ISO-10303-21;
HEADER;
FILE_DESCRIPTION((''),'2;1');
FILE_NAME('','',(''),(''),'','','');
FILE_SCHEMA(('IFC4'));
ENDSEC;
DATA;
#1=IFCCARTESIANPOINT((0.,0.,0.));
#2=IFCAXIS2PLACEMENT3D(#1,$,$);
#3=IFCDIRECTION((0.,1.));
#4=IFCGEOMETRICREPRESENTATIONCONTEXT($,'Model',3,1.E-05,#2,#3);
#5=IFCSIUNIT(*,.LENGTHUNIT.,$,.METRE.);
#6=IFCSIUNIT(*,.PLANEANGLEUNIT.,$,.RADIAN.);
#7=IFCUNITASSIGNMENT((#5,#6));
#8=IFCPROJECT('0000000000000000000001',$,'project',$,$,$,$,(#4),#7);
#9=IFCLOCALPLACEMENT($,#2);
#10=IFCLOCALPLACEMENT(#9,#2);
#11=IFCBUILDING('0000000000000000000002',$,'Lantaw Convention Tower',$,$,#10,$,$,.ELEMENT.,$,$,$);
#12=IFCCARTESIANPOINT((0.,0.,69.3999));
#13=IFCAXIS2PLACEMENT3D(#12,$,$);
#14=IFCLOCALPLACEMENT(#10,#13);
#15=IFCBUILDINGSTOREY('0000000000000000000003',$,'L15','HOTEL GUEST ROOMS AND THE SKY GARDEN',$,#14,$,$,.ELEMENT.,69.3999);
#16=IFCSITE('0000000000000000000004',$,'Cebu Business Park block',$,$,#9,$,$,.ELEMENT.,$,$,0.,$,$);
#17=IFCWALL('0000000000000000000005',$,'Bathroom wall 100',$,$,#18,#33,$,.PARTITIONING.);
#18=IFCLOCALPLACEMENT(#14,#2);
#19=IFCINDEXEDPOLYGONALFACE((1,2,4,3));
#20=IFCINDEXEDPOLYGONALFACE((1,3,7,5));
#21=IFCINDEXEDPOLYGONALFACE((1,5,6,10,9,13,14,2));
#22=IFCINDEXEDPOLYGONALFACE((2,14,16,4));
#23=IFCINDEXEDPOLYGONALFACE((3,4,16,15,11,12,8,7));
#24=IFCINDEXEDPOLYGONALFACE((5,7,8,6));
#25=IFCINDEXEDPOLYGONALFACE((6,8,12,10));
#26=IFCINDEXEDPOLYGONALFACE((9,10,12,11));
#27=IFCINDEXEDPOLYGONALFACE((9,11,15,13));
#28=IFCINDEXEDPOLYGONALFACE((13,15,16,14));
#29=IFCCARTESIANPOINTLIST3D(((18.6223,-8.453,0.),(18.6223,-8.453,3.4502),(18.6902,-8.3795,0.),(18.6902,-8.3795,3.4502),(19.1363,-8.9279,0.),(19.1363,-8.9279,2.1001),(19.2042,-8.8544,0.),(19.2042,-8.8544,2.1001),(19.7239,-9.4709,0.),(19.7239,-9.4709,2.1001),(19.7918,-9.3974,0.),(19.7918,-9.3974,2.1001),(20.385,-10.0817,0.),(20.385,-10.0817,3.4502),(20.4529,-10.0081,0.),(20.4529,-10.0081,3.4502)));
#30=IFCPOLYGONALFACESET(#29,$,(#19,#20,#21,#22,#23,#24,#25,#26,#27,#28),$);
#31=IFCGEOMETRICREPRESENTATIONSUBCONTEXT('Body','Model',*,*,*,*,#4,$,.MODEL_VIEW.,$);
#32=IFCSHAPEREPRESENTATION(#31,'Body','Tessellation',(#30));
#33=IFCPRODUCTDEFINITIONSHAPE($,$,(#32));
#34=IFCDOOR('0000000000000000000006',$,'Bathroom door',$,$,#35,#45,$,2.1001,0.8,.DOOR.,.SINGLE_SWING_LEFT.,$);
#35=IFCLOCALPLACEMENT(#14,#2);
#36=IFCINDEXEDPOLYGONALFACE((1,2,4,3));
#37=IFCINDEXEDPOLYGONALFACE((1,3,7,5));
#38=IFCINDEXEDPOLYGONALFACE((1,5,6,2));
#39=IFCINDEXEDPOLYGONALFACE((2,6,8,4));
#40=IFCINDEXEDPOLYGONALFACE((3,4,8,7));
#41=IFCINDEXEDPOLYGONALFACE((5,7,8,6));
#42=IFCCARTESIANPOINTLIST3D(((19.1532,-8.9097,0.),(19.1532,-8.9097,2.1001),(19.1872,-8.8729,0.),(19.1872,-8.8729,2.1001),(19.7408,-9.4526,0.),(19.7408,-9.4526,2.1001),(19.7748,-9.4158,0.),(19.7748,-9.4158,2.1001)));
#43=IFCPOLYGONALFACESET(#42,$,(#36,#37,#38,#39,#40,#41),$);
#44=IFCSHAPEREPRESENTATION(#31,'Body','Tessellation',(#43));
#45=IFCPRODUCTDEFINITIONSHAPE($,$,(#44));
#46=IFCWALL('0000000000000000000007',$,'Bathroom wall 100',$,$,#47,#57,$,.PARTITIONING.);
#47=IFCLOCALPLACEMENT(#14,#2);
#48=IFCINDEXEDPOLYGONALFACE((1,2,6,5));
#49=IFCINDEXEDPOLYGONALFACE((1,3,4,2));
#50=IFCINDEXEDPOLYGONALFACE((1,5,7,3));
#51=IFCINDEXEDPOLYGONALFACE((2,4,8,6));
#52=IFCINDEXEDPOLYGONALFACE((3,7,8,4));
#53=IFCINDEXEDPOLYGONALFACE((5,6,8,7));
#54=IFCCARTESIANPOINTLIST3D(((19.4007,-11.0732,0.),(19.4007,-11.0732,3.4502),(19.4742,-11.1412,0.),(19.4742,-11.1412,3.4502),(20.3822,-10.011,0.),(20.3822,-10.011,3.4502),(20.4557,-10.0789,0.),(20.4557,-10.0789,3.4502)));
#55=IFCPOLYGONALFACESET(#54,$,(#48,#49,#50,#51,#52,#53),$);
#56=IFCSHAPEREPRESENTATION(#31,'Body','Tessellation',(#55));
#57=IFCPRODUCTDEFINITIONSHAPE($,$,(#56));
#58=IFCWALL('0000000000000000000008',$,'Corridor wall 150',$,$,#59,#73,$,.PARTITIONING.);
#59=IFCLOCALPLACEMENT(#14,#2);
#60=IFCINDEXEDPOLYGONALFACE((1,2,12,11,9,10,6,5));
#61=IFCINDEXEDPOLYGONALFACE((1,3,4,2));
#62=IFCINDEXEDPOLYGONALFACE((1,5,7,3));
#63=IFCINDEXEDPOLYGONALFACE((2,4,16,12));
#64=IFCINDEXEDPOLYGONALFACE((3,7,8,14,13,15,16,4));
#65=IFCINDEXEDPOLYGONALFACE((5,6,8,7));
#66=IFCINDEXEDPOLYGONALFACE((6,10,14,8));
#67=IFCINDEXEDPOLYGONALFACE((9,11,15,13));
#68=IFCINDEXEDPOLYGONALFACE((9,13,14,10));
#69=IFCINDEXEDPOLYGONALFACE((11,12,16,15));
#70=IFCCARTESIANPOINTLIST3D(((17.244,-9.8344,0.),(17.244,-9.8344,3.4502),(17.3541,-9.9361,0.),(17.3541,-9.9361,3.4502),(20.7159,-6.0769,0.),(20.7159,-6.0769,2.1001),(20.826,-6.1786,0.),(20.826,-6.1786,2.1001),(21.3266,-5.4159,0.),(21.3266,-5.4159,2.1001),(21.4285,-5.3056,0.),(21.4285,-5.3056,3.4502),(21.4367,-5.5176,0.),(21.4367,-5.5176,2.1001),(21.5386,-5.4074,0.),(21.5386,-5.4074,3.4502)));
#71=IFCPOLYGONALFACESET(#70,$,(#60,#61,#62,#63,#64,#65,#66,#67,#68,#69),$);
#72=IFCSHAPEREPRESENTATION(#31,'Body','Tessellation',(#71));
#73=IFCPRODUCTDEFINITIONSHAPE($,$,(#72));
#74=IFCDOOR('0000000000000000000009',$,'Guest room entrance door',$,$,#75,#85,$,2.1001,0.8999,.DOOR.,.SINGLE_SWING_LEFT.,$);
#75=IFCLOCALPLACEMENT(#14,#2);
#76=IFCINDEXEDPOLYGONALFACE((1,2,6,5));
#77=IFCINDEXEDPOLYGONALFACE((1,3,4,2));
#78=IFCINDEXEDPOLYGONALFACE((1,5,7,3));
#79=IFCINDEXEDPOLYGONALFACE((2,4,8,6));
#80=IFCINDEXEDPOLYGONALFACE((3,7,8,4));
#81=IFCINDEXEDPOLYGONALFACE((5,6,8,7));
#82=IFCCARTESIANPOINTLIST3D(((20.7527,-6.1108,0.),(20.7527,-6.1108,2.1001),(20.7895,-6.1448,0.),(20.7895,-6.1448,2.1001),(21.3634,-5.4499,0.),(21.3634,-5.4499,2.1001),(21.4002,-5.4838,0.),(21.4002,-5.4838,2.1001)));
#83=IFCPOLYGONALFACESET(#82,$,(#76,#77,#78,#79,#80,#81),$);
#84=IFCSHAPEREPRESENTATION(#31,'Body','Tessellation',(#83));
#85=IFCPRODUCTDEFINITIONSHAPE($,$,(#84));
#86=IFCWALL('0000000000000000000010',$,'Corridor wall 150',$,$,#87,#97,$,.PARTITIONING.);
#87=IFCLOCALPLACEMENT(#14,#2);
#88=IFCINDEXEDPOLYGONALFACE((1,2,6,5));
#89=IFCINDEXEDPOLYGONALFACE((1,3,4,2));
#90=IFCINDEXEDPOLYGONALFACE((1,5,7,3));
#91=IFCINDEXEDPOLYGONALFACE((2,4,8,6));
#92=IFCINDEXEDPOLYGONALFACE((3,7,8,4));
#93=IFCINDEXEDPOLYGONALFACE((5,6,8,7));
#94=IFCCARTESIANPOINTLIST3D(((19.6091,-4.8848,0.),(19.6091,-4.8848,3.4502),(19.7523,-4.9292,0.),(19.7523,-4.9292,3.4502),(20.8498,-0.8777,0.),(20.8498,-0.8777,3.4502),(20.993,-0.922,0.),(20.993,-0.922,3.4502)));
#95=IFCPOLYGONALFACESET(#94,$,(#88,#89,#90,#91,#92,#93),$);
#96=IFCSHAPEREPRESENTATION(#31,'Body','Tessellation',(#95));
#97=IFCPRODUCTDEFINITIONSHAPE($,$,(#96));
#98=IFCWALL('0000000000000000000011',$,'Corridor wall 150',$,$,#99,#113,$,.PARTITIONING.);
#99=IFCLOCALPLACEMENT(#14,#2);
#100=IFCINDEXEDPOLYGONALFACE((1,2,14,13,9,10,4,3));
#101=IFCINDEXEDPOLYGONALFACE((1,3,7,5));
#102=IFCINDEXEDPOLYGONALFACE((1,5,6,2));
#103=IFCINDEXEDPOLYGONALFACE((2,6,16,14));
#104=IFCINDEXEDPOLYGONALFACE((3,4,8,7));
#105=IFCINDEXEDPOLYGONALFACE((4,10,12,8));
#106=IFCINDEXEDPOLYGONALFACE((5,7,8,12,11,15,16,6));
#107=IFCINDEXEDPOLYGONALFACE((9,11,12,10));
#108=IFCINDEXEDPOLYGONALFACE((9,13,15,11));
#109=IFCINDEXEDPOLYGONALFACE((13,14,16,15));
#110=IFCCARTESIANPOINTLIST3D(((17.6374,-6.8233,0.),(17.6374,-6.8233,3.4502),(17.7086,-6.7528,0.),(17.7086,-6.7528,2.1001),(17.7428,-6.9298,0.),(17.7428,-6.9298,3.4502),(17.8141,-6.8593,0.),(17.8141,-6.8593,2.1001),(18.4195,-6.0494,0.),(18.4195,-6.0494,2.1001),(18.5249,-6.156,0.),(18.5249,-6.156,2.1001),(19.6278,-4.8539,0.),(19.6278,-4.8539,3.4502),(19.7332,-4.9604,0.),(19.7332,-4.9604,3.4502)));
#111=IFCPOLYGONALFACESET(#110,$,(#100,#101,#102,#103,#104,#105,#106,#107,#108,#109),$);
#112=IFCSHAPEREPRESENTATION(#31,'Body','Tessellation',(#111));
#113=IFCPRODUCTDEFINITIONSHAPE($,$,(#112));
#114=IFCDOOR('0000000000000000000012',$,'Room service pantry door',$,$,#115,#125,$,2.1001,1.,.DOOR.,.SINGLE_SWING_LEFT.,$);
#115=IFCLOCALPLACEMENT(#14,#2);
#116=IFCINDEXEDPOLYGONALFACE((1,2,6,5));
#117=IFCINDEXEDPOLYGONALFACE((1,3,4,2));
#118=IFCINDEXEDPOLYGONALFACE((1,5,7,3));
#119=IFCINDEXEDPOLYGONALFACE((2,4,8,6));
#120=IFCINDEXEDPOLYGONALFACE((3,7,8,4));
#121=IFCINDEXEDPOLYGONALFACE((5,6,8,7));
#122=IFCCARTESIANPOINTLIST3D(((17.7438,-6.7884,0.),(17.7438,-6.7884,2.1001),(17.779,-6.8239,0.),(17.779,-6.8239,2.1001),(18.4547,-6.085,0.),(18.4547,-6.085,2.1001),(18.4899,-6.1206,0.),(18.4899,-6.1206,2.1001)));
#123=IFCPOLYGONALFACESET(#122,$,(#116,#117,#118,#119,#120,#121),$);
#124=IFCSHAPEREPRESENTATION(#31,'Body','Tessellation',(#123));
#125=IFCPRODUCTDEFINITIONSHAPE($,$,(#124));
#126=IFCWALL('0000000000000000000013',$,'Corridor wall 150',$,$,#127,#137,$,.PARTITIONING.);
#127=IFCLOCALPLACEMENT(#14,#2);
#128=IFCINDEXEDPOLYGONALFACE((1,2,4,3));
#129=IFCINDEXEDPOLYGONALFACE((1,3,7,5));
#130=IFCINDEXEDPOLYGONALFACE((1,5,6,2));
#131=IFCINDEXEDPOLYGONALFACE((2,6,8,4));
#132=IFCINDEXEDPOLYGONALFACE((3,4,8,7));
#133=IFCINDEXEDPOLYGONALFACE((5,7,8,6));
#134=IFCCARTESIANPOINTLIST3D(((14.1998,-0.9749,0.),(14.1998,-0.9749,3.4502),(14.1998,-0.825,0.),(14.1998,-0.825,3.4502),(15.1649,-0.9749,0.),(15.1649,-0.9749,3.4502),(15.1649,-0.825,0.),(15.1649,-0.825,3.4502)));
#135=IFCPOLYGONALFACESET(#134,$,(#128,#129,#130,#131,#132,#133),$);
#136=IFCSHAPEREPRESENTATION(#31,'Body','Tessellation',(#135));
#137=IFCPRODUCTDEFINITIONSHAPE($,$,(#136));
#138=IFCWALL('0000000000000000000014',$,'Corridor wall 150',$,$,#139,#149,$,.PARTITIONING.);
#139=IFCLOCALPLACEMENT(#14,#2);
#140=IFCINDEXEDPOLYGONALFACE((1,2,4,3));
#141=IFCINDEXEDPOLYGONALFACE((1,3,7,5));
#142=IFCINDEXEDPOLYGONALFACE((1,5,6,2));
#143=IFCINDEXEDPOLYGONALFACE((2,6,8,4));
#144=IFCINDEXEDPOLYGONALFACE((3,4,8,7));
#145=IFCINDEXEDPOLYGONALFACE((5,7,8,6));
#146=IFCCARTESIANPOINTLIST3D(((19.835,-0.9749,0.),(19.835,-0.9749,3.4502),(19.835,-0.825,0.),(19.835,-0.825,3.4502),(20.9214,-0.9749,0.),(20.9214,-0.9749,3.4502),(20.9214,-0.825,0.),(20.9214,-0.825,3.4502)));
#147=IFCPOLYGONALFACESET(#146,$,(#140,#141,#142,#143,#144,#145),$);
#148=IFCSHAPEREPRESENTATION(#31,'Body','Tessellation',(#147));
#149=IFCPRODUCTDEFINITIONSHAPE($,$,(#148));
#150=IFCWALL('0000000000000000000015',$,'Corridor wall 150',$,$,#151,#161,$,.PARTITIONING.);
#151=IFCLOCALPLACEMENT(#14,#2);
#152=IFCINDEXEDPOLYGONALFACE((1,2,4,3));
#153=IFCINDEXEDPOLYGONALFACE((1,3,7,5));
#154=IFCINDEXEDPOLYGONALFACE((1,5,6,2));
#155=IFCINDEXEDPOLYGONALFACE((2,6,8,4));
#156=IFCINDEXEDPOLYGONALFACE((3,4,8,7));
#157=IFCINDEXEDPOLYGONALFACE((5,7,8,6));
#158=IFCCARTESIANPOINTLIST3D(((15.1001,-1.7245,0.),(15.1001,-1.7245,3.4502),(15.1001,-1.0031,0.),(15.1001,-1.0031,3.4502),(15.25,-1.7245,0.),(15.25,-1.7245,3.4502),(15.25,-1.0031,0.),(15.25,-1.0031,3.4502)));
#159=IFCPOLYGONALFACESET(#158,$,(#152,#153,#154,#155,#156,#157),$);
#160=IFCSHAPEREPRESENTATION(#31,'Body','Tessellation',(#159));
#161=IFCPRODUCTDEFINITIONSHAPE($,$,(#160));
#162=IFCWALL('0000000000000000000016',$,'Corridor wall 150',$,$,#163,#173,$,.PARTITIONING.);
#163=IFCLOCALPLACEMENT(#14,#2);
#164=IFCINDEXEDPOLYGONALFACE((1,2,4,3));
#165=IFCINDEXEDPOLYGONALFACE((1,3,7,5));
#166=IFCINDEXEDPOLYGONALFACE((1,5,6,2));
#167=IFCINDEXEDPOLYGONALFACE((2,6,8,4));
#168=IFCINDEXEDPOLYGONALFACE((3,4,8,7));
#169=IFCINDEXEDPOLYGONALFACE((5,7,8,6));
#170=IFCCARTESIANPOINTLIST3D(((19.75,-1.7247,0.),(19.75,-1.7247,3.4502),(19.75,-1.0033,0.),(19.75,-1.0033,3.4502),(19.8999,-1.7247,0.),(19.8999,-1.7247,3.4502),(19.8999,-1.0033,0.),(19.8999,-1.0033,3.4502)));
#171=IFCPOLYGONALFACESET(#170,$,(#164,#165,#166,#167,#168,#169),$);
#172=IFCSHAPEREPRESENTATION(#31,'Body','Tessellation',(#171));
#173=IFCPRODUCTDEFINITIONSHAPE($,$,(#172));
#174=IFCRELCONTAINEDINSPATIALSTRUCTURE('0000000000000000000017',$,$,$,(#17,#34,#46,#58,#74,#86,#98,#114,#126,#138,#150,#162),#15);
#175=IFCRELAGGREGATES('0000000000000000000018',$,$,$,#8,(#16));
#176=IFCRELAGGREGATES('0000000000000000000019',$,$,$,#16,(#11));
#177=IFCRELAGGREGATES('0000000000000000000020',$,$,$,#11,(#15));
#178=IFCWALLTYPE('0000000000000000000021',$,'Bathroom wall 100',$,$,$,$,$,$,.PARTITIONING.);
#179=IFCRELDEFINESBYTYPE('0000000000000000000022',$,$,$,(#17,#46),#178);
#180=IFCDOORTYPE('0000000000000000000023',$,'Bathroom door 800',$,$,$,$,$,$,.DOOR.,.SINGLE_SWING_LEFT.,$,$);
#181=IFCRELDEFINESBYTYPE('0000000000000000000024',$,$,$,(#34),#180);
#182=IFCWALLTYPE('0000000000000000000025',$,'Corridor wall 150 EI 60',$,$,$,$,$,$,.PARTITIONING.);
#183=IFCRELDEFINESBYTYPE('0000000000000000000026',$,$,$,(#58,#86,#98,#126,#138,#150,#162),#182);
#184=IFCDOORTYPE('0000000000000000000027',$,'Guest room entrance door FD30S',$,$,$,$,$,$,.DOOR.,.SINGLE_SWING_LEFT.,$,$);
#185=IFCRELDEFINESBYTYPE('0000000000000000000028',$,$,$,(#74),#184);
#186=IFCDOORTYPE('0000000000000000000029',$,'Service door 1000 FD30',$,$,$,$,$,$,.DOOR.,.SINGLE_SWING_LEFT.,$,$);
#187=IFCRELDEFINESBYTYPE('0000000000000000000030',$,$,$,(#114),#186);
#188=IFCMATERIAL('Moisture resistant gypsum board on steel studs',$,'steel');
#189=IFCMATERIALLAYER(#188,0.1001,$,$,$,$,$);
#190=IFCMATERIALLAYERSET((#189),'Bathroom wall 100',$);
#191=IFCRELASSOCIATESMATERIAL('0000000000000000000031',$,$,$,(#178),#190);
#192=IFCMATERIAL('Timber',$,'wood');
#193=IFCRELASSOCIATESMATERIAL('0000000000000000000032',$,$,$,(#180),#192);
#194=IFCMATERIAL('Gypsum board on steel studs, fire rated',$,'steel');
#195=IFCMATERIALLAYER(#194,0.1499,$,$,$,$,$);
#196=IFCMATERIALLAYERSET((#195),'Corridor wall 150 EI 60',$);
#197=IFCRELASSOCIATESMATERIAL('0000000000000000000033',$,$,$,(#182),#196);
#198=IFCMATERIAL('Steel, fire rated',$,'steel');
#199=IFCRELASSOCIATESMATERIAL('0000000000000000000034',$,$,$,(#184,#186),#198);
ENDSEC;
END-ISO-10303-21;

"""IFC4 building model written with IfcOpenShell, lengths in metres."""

from ifc_helpers import new_model, si_unit, direction, frame, frame_2d, origin, place, context, subcontext, project, spatial, rectangle, extrude, material, layer, layer_set, type_object, element, fill, save


model = new_model("IFC4")

# Units and contexts
model_context = context("Model", 3, precision=1e-05, world=origin(), true_north=direction((0.0, 1.0)))
body_context = subcontext(model_context, "Body", "Model", "MODEL_VIEW")
ifc_project = project(units=[si_unit("LENGTHUNIT", "METRE"), si_unit("PLANEANGLEUNIT", "RADIAN")], contexts=[model_context])

# Site, building, storey
site_placement = place(None, origin())
site = spatial("IfcSite", under=ifc_project, at=site_placement, Name="Cebu Business Park block", CompositionType="ELEMENT", RefElevation=0.0)
building_placement = place(site_placement, origin())
building = spatial("IfcBuilding", under=site, at=building_placement, Name="Lantaw Convention Tower", CompositionType="ELEMENT")
storey_placement = place(building_placement, frame((0.0, 0.0, 69.3999)))
storey = spatial("IfcBuildingStorey", under=building, at=storey_placement, Name="L15", Description="HOTEL GUEST ROOMS AND THE SKY GARDEN", CompositionType="ELEMENT", Elevation=69.3999)

# Wall, opening, door
ifc_material_1 = material(Name="Moisture resistant gypsum board on steel studs", Category="steel")
ifc_layer_1 = layer(ifc_material_1, 0.1001)
ifc_layer_set_1 = layer_set([ifc_layer_1], Name="Bathroom wall 100")
wall_type_1 = type_object("IfcWallType", Name="Bathroom wall 100", PredefinedType="PARTITIONING", material=ifc_layer_set_1)
wall_1_placement = place(storey_placement, frame((18.6562, -8.4163, 0.0), z_axis=(0.0, 0.0, 1.0), x_axis=(0.73448, -0.678631, 0.0)))
wall_1 = element("IfcWall", 1, at=wall_1_placement, inside=storey, type_object=wall_type_1, Name="Bathroom wall 100", PredefinedType="PARTITIONING", context=body_context, shape_type="SweptSolid", body=[
    extrude(rectangle(XDim=2.3999, YDim=0.1001, at=frame_2d((1.2, 0.0))), origin(), (0.0, 0.0, 1.0), 3.4502),
])
opening_1_placement = place(wall_1_placement, frame((0.7, 0.0, 0.0)))
opening_1 = element("IfcOpeningElement", 2, at=opening_1_placement, cuts=wall_1, PredefinedType="OPENING", context=body_context, shape_type="SweptSolid", body=[
    extrude(rectangle(XDim=0.8, YDim=2.1001, at=frame_2d((0.3999, 1.05))), frame((0.0, 0.0601, 0.0), z_axis=(0.0, -1.0, 0.0), x_axis=(1.0, 0.0, 0.0)), (0.0, 0.0, 1.0), 0.1201),
])
ifc_material_2 = material(Name="Timber", Category="wood")
door_type_1 = type_object("IfcDoorType", Name="Bathroom door 800", OperationType="SINGLE_SWING_LEFT", PredefinedType="DOOR", material=ifc_material_2)
door_1_placement = place(opening_1_placement, origin())
door_1 = element("IfcDoor", 3, at=door_1_placement, inside=storey, type_object=door_type_1, Name="Bathroom door", OperationType="SINGLE_SWING_LEFT", OverallHeight=2.1001, OverallWidth=0.8, PredefinedType="DOOR", context=body_context, shape_type="SweptSolid", body=[
    extrude(rectangle(XDim=0.8, YDim=2.1001, at=frame_2d((0.3999, 1.05))), frame((0.0, 0.0249, 0.0), z_axis=(0.0, -1.0, 0.0), x_axis=(1.0, 0.0, 0.0)), (0.0, 0.0, 1.0), 0.05),
])
fill(opening_1, door_1)

# Wall
wall_2_placement = place(storey_placement, frame((20.4189, -10.0449, 0.0), z_axis=(0.0, 0.0, 1.0), x_axis=(-0.678617, -0.734493, 0.0)))
element("IfcWall", 4, at=wall_2_placement, inside=storey, type_object=wall_type_1, Name="Bathroom wall 100", PredefinedType="PARTITIONING", context=body_context, shape_type="SweptSolid", body=[
    extrude(rectangle(XDim=1.4463, YDim=0.1001, at=frame_2d((0.7231, 0.0))), origin(), (0.0, 0.0, 1.0), 3.4502),
])

# Wall, opening, door
ifc_material_3 = material(Name="Gypsum board on steel studs, fire rated", Category="steel")
ifc_layer_2 = layer(ifc_material_3, 0.1499)
ifc_layer_set_2 = layer_set([ifc_layer_2], Name="Corridor wall 150 EI 60")
wall_type_2 = type_object("IfcWallType", Name="Corridor wall 150 EI 60", PredefinedType="PARTITIONING", material=ifc_layer_set_2)
wall_3_placement = place(storey_placement, frame((17.2991, -9.8853, 0.0), z_axis=(0.0, 0.0, 1.0), x_axis=(0.678642, 0.734469, 0.0)))
wall_3 = element("IfcWall", 5, at=wall_3_placement, inside=storey, type_object=wall_type_2, Name="Corridor wall 150", PredefinedType="PARTITIONING", context=body_context, shape_type="SweptSolid", body=[
    extrude(rectangle(XDim=6.166, YDim=0.1499, at=frame_2d((3.083, 0.0))), origin(), (0.0, 0.0, 1.0), 3.4502),
])
opening_2_placement = place(wall_3_placement, frame((5.116, 0.0, 0.0)))
opening_2 = element("IfcOpeningElement", 6, at=opening_2_placement, cuts=wall_3, PredefinedType="OPENING", context=body_context, shape_type="SweptSolid", body=[
    extrude(rectangle(XDim=0.8999, YDim=2.1001, at=frame_2d((0.45, 1.05))), frame((0.0, 0.085, 0.0), z_axis=(0.0, -1.0, 0.0), x_axis=(1.0, 0.0, 0.0)), (0.0, 0.0, 1.0), 0.1699),
])
ifc_material_4 = material(Name="Steel, fire rated", Category="steel")
door_type_2 = type_object("IfcDoorType", Name="Guest room entrance door FD30S", OperationType="SINGLE_SWING_LEFT", PredefinedType="DOOR", material=ifc_material_4)
door_2_placement = place(opening_2_placement, origin())
door_2 = element("IfcDoor", 7, at=door_2_placement, inside=storey, type_object=door_type_2, Name="Guest room entrance door", OperationType="SINGLE_SWING_LEFT", OverallHeight=2.1001, OverallWidth=0.8999, PredefinedType="DOOR", context=body_context, shape_type="SweptSolid", body=[
    extrude(rectangle(XDim=0.8999, YDim=2.1001, at=frame_2d((0.45, 1.05))), frame((0.0, 0.0249, 0.0), z_axis=(0.0, -1.0, 0.0), x_axis=(1.0, 0.0, 0.0)), (0.0, 0.0, 1.0), 0.05),
])
fill(opening_2, door_2)

# Wall
wall_4_placement = place(storey_placement, frame((19.6807, -4.907, 0.0), z_axis=(0.0, 0.0, 1.0), x_axis=(0.295779, 0.955257, 0.0)))
element("IfcWall", 8, at=wall_4_placement, inside=storey, type_object=wall_type_2, Name="Corridor wall 150", PredefinedType="PARTITIONING", context=body_context, shape_type="SweptSolid", body=[
    extrude(rectangle(XDim=4.1948, YDim=0.1499, at=frame_2d((2.0974, 0.0))), origin(), (0.0, 0.0, 1.0), 3.4502),
])

# Wall, opening, door
wall_5_placement = place(storey_placement, frame((17.6902, -6.8765, 0.0), z_axis=(0.0, 0.0, 1.0), x_axis=(0.710846, 0.703348, 0.0)))
wall_5 = element("IfcWall", 9, at=wall_5_placement, inside=storey, type_object=wall_type_2, Name="Corridor wall 150", PredefinedType="PARTITIONING", context=body_context, shape_type="SweptSolid", body=[
    extrude(rectangle(XDim=2.8, YDim=0.1499, at=frame_2d((1.3999, 0.0))), origin(), (0.0, 0.0, 1.0), 3.4502),
])
opening_3_placement = place(wall_5_placement, frame((0.1001, 0.0, 0.0)))
opening_3 = element("IfcOpeningElement", 10, at=opening_3_placement, cuts=wall_5, PredefinedType="OPENING", context=body_context, shape_type="SweptSolid", body=[
    extrude(rectangle(XDim=1.0, YDim=2.1001, at=frame_2d((0.5, 1.05))), frame((0.0, 0.085, 0.0), z_axis=(0.0, -1.0, 0.0), x_axis=(1.0, 0.0, 0.0)), (0.0, 0.0, 1.0), 0.1699),
])
door_type_3 = type_object("IfcDoorType", Name="Service door 1000 FD30", OperationType="SINGLE_SWING_LEFT", PredefinedType="DOOR", material=ifc_material_4)
door_3_placement = place(opening_3_placement, origin())
door_3 = element("IfcDoor", 11, at=door_3_placement, inside=storey, type_object=door_type_3, Name="Room service pantry door", OperationType="SINGLE_SWING_LEFT", OverallHeight=2.1001, OverallWidth=1.0, PredefinedType="DOOR", context=body_context, shape_type="SweptSolid", body=[
    extrude(rectangle(XDim=1.0, YDim=2.1001, at=frame_2d((0.5, 1.05))), frame((0.0, 0.0249, 0.0), z_axis=(0.0, -1.0, 0.0), x_axis=(1.0, 0.0, 0.0)), (0.0, 0.0, 1.0), 0.05),
])
fill(opening_3, door_3)

# Walls
wall_6_placement = place(storey_placement, frame((14.2, -0.8999, 0.0), z_axis=(0.0, 0.0, 1.0), x_axis=(1.0, 0.0, 0.0)))
element("IfcWall", 12, at=wall_6_placement, inside=storey, type_object=wall_type_2, Name="Corridor wall 150", PredefinedType="PARTITIONING", context=body_context, shape_type="SweptSolid", body=[
    extrude(rectangle(XDim=0.9651, YDim=0.1499, at=frame_2d((0.4824, 0.0))), origin(), (0.0, 0.0, 1.0), 3.4502),
])
wall_7_placement = place(storey_placement, frame((19.835, -0.8999, 0.0), z_axis=(0.0, 0.0, 1.0), x_axis=(1.0, 0.0, 0.0)))
element("IfcWall", 13, at=wall_7_placement, inside=storey, type_object=wall_type_2, Name="Corridor wall 150", PredefinedType="PARTITIONING", context=body_context, shape_type="SweptSolid", body=[
    extrude(rectangle(XDim=1.0864, YDim=0.1499, at=frame_2d((0.5432, 0.0))), origin(), (0.0, 0.0, 1.0), 3.4502),
])
for number, where, z_axis, x_axis, name in (
    (14, (15.175, -1.7246, 0.0), (0.0, 0.0, 1.0), (0.0, 1.0, 0.0), "Corridor wall 150"),
    (15, (19.825, -1.0032, 0.0), (0.0, 0.0, 1.0), (0.0, -1.0, 0.0), "Corridor wall 150"),
):
    element("IfcWall", number, at=place(storey_placement, frame(where, z_axis=z_axis, x_axis=x_axis)), inside=storey, type_object=wall_type_2, Name=name, PredefinedType="PARTITIONING", context=body_context, shape_type="SweptSolid", body=[
        extrude(rectangle(XDim=0.7214, YDim=0.1499, at=frame_2d((0.3608, 0.0))), origin(), (0.0, 0.0, 1.0), 3.4502),
    ])

save(model, "model.ifc")
